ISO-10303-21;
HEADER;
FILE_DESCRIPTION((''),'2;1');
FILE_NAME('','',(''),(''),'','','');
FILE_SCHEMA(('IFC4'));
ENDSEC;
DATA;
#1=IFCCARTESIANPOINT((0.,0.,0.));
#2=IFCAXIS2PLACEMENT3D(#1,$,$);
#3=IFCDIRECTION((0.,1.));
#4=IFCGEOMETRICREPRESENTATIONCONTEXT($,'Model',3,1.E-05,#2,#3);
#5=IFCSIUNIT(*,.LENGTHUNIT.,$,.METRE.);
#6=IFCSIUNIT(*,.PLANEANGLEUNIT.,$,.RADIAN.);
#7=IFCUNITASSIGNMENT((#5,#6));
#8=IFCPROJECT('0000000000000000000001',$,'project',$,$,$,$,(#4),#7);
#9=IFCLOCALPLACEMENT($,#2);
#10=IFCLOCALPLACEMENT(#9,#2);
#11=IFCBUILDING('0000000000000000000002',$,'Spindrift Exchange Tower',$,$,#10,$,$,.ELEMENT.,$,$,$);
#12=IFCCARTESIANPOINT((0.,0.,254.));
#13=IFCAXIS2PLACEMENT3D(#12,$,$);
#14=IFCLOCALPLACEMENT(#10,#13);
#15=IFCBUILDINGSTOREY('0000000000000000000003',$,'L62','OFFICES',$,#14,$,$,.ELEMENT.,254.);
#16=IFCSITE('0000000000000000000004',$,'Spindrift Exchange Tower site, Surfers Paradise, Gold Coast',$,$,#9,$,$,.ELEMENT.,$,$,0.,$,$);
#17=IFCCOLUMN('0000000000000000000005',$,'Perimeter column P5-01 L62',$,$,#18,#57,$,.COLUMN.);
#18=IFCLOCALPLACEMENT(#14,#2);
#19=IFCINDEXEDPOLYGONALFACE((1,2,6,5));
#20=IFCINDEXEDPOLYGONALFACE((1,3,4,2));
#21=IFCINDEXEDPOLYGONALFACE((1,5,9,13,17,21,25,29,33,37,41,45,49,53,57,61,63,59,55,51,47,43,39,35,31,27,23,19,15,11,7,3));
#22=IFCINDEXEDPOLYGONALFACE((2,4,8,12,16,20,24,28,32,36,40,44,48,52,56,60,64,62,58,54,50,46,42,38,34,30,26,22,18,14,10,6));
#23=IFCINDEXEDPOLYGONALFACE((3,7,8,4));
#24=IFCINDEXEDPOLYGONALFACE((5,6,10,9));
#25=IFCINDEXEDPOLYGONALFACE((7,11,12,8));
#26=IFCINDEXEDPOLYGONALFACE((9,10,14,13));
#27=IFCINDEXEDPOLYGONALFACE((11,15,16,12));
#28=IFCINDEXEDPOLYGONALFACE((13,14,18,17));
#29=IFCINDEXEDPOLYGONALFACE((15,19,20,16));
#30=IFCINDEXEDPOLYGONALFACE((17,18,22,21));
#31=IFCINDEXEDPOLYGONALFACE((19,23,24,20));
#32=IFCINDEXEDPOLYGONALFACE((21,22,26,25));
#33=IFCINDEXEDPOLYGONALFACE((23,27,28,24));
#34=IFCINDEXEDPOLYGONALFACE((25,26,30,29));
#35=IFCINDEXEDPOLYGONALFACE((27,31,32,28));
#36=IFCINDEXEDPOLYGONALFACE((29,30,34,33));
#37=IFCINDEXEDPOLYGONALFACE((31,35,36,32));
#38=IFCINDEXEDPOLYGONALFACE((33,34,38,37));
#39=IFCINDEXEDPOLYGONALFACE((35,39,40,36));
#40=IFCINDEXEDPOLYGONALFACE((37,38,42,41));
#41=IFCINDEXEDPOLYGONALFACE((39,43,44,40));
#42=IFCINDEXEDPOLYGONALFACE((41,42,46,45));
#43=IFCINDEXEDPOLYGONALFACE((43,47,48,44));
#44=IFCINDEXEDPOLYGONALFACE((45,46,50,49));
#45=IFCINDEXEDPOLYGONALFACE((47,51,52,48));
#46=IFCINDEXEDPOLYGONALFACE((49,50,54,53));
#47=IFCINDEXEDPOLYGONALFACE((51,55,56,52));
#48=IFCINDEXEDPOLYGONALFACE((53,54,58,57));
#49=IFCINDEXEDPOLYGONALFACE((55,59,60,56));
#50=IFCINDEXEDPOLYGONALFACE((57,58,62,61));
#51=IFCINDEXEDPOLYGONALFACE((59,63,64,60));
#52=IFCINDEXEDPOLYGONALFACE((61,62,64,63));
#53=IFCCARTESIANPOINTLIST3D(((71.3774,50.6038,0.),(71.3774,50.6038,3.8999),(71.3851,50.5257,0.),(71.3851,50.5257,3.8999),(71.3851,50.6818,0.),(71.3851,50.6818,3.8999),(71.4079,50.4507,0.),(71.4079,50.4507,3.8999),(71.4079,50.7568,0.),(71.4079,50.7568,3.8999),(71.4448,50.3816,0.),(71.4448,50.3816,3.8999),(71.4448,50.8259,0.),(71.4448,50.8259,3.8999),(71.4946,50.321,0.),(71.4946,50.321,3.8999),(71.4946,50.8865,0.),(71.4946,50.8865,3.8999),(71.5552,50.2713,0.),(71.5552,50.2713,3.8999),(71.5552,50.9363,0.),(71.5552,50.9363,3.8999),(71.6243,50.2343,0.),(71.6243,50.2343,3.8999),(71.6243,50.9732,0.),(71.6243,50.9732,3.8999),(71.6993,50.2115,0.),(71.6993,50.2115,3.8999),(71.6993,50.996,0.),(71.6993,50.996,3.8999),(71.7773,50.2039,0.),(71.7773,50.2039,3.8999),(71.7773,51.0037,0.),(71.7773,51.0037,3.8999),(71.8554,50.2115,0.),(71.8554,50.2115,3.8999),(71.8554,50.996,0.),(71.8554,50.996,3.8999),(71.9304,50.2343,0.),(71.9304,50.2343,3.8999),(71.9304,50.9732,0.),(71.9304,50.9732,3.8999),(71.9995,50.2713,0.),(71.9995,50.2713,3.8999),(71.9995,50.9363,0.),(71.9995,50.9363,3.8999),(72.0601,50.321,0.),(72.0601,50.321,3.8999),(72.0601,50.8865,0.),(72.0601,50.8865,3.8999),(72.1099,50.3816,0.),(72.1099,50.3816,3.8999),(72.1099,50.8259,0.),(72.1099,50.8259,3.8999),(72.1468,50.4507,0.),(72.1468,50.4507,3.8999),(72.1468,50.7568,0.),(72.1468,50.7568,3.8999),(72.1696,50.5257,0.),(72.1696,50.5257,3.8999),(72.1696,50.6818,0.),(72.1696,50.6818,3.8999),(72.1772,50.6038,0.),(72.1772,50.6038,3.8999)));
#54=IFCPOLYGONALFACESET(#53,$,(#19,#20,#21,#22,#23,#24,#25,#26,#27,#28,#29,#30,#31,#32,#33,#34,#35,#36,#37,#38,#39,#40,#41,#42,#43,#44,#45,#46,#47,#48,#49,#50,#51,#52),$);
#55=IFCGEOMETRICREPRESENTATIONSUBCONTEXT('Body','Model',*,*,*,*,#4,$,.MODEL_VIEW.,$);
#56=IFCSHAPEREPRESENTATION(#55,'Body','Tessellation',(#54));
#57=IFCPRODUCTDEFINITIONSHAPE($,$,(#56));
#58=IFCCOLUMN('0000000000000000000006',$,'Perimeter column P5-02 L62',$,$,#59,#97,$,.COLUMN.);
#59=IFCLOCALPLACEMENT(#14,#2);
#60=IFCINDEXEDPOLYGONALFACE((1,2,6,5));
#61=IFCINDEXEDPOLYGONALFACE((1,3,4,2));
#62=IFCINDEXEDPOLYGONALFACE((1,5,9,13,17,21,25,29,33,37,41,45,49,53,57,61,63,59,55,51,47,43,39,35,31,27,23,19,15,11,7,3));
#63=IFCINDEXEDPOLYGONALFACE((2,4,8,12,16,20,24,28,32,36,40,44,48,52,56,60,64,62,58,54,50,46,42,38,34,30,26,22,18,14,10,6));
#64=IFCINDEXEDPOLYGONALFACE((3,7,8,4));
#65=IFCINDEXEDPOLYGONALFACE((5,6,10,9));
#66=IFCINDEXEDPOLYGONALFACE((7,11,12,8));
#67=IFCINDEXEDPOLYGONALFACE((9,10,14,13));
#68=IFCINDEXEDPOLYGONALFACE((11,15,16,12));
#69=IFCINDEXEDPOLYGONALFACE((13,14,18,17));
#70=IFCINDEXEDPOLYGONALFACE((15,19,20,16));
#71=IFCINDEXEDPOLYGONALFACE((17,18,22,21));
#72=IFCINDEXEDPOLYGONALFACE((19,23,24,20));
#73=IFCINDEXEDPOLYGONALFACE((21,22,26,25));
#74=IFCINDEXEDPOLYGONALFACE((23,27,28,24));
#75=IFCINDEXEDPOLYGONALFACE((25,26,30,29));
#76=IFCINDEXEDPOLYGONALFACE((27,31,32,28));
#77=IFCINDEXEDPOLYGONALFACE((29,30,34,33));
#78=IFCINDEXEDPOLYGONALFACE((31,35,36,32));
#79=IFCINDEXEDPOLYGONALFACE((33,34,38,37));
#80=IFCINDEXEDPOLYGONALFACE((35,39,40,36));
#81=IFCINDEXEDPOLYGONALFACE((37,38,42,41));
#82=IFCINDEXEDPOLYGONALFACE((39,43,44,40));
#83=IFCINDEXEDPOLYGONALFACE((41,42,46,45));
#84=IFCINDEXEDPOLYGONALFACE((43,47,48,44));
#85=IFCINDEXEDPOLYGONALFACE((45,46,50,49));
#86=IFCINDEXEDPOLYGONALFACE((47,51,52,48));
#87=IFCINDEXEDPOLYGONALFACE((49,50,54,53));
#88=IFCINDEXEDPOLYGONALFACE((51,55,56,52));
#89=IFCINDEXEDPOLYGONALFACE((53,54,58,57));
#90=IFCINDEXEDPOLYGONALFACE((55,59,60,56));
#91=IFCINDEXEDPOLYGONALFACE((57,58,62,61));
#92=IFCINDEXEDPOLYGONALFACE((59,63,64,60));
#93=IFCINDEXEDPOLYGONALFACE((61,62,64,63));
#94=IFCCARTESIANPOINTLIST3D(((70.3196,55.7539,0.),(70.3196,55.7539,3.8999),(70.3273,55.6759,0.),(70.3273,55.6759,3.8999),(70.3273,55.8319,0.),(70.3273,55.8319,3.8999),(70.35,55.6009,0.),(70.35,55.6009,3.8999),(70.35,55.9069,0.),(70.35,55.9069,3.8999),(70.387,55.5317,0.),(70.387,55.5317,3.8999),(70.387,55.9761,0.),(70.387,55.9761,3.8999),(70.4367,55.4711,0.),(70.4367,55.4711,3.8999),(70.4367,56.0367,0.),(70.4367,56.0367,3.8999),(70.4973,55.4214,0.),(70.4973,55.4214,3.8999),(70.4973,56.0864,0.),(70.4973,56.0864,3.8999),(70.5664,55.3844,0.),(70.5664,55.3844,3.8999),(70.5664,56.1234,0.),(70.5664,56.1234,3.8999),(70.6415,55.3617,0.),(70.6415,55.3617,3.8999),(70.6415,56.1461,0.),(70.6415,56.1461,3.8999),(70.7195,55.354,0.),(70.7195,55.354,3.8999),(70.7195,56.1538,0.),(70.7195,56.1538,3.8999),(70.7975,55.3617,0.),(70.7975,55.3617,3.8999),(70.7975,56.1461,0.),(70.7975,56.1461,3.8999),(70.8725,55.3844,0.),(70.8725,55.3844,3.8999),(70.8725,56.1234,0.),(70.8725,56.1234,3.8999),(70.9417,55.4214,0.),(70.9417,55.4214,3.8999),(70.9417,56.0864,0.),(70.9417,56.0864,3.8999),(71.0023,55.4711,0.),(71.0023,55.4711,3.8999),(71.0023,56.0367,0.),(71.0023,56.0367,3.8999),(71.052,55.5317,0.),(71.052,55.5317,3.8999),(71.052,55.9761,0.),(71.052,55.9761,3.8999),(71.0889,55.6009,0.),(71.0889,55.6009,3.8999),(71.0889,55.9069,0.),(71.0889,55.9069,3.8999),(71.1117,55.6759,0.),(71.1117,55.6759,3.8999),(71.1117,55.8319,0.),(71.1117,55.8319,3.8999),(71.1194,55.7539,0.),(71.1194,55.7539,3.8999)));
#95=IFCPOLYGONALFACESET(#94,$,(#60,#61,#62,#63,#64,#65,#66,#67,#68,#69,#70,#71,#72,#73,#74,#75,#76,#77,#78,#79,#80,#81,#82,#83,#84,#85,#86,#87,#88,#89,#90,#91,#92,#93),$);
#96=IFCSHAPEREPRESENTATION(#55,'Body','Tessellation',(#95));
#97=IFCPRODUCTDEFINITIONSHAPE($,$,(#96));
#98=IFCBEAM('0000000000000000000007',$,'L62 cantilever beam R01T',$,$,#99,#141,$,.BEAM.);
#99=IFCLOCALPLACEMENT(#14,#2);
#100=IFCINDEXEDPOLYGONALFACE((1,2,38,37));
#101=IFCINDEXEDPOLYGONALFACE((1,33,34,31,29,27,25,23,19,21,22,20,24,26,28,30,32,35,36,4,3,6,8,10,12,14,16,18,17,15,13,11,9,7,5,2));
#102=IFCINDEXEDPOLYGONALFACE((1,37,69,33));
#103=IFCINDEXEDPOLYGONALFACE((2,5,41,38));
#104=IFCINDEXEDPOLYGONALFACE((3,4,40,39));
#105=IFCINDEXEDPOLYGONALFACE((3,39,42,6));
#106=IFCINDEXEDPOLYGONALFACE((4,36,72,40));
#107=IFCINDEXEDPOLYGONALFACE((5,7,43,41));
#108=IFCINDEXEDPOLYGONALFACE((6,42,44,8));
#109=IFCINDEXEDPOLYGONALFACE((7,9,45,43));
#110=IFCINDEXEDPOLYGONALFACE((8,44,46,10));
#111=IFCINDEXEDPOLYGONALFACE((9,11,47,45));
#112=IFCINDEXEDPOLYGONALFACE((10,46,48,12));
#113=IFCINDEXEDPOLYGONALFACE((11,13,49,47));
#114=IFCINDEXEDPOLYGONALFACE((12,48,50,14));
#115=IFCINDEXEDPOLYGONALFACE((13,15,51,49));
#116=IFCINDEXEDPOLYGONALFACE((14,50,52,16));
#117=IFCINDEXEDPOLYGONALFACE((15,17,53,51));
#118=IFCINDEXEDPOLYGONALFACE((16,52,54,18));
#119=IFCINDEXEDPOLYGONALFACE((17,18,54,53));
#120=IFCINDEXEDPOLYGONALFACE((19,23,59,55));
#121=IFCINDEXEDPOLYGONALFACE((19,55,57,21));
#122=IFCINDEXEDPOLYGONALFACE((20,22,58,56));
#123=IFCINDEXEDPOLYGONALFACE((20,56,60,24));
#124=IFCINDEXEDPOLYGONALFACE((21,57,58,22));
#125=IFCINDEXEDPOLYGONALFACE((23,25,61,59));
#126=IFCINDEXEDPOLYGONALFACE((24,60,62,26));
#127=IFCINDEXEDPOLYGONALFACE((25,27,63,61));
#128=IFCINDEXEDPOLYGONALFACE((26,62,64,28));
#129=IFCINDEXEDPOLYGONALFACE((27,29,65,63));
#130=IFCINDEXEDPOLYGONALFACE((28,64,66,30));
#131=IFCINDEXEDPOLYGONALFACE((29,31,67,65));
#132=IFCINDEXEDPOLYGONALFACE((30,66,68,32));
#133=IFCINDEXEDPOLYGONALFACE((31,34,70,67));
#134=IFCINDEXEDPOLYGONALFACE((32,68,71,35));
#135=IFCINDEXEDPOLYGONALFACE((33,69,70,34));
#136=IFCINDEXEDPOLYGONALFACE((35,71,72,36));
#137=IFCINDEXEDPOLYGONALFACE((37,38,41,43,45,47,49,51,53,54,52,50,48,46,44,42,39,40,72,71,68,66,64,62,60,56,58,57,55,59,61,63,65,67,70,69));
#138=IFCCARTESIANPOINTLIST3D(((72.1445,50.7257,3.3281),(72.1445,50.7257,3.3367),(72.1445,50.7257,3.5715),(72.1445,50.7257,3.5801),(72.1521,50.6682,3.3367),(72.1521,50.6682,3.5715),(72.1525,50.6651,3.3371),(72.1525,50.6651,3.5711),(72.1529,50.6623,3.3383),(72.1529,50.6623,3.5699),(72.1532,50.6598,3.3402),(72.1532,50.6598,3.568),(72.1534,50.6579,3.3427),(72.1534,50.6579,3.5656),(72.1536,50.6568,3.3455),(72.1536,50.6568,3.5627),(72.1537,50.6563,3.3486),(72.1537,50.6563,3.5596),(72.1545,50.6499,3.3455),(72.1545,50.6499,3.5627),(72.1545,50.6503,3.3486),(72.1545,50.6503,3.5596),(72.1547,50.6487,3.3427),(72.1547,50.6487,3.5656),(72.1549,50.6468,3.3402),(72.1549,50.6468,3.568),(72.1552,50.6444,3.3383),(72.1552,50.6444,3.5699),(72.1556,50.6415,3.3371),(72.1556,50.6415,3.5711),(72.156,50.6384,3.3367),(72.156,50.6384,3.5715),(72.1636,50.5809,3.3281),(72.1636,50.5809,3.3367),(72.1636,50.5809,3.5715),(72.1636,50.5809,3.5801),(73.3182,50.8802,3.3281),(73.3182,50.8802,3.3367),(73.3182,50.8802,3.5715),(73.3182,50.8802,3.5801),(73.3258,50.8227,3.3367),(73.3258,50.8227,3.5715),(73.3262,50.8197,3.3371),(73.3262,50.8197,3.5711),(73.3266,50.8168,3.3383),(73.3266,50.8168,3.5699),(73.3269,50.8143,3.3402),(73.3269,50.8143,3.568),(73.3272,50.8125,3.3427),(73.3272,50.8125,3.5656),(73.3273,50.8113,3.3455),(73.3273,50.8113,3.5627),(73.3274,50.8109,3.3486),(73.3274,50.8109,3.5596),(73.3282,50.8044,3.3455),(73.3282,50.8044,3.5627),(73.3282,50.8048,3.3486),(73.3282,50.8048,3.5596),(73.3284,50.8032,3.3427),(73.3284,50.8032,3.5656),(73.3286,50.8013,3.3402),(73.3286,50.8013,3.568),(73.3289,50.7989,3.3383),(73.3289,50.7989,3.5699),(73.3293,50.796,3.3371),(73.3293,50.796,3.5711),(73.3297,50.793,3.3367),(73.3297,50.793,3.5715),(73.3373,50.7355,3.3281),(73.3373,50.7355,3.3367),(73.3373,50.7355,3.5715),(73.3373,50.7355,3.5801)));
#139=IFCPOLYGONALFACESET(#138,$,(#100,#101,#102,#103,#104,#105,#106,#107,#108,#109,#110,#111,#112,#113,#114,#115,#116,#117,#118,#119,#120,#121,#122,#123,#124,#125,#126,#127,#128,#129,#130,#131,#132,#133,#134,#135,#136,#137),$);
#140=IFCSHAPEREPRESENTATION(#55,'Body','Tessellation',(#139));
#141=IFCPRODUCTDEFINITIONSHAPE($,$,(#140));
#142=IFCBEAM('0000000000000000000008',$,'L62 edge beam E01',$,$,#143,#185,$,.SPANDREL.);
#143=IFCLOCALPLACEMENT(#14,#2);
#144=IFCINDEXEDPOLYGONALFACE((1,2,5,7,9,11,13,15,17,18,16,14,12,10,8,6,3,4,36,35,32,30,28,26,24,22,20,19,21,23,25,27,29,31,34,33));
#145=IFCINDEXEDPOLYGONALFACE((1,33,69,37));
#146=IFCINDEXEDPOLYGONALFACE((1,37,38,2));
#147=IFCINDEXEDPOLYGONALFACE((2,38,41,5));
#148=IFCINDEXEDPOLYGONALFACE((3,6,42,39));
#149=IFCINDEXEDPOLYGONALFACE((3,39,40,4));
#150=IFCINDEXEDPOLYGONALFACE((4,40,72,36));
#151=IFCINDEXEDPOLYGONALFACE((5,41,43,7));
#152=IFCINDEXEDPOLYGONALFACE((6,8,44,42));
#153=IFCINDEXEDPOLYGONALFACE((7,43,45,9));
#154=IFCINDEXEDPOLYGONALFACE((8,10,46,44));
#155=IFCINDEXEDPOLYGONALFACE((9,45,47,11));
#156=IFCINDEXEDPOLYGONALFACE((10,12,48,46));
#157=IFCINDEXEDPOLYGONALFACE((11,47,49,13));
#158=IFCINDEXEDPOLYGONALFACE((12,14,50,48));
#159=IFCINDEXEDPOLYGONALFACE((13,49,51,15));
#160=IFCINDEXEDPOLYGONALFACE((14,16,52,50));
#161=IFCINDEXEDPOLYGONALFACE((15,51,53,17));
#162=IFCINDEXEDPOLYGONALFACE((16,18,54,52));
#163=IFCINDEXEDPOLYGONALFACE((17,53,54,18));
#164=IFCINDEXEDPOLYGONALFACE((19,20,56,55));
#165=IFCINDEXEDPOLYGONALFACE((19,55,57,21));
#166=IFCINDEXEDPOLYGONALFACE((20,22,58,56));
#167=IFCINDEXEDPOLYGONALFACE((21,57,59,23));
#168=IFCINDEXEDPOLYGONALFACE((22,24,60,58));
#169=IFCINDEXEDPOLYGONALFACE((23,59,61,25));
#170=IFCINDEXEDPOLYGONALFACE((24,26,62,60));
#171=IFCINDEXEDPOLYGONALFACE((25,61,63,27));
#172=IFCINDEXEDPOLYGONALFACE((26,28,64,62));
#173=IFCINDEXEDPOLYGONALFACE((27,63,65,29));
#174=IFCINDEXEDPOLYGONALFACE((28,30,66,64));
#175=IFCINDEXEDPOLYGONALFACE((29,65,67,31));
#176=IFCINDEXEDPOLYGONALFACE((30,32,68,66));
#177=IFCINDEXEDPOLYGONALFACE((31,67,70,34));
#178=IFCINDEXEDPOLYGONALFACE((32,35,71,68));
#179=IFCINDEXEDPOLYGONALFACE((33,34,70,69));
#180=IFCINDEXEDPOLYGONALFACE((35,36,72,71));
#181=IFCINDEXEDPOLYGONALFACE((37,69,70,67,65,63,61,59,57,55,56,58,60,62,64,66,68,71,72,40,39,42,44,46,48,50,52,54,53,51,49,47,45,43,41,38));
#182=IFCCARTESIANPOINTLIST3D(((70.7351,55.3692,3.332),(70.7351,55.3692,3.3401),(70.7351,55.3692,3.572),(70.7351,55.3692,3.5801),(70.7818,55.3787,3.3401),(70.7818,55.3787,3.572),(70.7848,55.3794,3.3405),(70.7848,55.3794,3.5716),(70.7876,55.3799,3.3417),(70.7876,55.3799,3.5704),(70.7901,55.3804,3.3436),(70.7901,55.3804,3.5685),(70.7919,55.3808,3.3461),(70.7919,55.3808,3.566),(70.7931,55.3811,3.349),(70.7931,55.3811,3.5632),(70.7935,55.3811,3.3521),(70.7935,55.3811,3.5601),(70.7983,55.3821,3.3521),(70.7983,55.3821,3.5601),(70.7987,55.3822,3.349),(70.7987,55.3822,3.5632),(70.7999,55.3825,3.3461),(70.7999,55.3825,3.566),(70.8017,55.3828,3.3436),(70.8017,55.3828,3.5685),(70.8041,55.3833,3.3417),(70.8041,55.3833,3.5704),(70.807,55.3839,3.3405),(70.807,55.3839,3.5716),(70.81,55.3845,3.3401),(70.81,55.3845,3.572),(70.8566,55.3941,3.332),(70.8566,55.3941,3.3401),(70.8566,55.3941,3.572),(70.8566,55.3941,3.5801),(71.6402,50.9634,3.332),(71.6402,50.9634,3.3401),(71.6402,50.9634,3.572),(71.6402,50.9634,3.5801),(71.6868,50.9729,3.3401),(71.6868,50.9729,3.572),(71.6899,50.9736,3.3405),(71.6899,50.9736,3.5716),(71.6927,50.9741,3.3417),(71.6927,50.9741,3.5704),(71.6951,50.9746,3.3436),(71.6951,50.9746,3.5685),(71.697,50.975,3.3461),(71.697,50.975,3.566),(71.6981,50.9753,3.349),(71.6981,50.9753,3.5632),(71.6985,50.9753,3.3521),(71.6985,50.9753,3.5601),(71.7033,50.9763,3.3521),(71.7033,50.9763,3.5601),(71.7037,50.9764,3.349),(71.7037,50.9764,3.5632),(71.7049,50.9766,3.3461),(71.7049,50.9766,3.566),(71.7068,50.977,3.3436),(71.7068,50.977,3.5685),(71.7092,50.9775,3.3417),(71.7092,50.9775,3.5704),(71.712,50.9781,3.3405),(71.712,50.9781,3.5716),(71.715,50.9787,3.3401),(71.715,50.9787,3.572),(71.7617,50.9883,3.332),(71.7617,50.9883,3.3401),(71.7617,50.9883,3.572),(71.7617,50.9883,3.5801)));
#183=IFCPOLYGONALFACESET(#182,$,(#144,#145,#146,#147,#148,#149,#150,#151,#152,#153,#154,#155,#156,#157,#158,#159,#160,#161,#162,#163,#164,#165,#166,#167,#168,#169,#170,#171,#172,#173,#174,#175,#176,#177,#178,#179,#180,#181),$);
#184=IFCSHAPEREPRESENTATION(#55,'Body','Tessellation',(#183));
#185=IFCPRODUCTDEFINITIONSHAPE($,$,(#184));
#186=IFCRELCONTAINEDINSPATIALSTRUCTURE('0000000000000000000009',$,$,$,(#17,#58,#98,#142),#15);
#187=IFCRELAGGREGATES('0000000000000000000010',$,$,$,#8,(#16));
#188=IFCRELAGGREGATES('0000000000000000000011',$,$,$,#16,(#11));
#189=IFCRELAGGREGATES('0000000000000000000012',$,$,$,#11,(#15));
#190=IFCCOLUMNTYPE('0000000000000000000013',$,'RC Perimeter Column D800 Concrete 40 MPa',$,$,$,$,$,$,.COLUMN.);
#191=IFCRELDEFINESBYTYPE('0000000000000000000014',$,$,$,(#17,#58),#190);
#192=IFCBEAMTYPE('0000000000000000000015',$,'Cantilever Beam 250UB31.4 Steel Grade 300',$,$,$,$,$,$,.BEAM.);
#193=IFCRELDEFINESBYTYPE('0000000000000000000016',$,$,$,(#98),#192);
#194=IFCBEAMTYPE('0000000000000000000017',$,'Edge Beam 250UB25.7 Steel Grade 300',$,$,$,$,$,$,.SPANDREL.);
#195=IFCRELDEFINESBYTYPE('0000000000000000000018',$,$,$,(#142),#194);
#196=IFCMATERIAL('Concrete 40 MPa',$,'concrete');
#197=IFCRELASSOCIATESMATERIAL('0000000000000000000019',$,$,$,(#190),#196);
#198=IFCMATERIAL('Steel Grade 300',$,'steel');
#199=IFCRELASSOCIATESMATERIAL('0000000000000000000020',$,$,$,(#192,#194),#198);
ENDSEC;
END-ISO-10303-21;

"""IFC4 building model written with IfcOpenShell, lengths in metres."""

from ifc_helpers import new_model, si_unit, direction, frame, origin, origin_2d, place, context, subcontext, project, spatial, circle, i_section, extrude, source, transform, mapped, material, material_profile, profile_set, type_object, element, save


model = new_model("IFC4")

# Units and contexts
model_context = context("Model", 3, precision=1e-05, world=origin(), true_north=direction((0.0, 1.0)))
body_context = subcontext(model_context, "Body", "Model", "MODEL_VIEW")
ifc_project = project(units=[si_unit("LENGTHUNIT", "METRE"), si_unit("PLANEANGLEUNIT", "RADIAN")], contexts=[model_context])

# Site, building, storey
site_placement = place(None, origin())
site = spatial("IfcSite", under=ifc_project, at=site_placement, Name="Spindrift Exchange Tower site, Surfers Paradise, Gold Coast", CompositionType="ELEMENT", RefElevation=0.0)
building_placement = place(site_placement, origin())
building = spatial("IfcBuilding", under=site, at=building_placement, Name="Spindrift Exchange Tower", CompositionType="ELEMENT")
storey_placement = place(building_placement, frame((0.0, 0.0, 254.0)))
storey = spatial("IfcBuildingStorey", under=building, at=storey_placement, Name="L62", Description="OFFICES", CompositionType="ELEMENT", Elevation=254.0)

# Columns
ifc_material_1 = material(Name="Concrete 40 MPa", Category="concrete")
ifc_material_profile_1 = material_profile(ifc_material_1, circle(Radius=0.3999, at=origin_2d()), Name="RC D800")
ifc_profile_set_1 = profile_set([ifc_material_profile_1], Name="Concrete 40 MPa")
column_type = type_object("IfcColumnType", Name="RC Perimeter Column D800 Concrete 40 MPa", PredefinedType="COLUMN", material=ifc_profile_set_1)
shared_shape_1 = source(origin(), body_context, "Body", "SweptSolid", [
    extrude(circle(Radius=0.3999, at=origin_2d()), origin(), (0.0, 0.0, 1.0), 3.8999),
])
for number, where, z_axis, x_axis, name in (
    (1, (71.7773, 50.6038, 0.0), (0.0, 0.0, 1.0), (1.0, 0.0, 0.0), "Perimeter column P5-01 L62"),
    (2, (70.7195, 55.7539, 0.0), (0.0, 0.0, 1.0), (1.0, 0.0, 0.0), "Perimeter column P5-02 L62"),
):
    element("IfcColumn", number, at=place(storey_placement, frame(where, z_axis=z_axis, x_axis=x_axis)), inside=storey, type_object=column_type, Name=name, PredefinedType="COLUMN", context=body_context, shape_type="MappedRepresentation", body=[
        mapped(shared_shape_1, transform((0.0, 0.0, 0.0), scale=1.0)),
    ])

# Beams
ifc_material_2 = material(Name="Steel Grade 300", Category="steel")
ifc_material_profile_2 = material_profile(ifc_material_2, i_section(OverallWidth=0.146, OverallDepth=0.252, WebThickness=0.0061, FlangeThickness=0.0085, FilletRadius=0.012, at=origin_2d()), Name="250UB31.4")
ifc_profile_set_2 = profile_set([ifc_material_profile_2], Name="Steel Grade 300")
beam_type_1 = type_object("IfcBeamType", Name="Cantilever Beam 250UB31.4 Steel Grade 300", PredefinedType="BEAM", material=ifc_profile_set_2)
shared_shape_2 = source(origin(), body_context, "Body", "SweptSolid", [
    extrude(i_section(OverallWidth=0.146, OverallDepth=0.252, WebThickness=0.0061, FlangeThickness=0.0085, FilletRadius=0.012, at=origin_2d()), origin(), (0.0, 0.0, 1.0), 1.1838),
])
beam_1_placement = place(storey_placement, frame((72.1541, 50.6533, 3.4541), z_axis=(0.991444, 0.130529, 0.0), x_axis=(-0.130529, 0.991444, 0.0)))
element("IfcBeam", 3, at=beam_1_placement, inside=storey, type_object=beam_type_1, Name="L62 cantilever beam R01T", PredefinedType="BEAM", context=body_context, shape_type="MappedRepresentation", body=[
    mapped(shared_shape_2, transform((0.0, 0.0, 0.0), scale=1.0)),
])
ifc_material_profile_3 = material_profile(ifc_material_2, i_section(OverallWidth=0.124, OverallDepth=0.248, WebThickness=0.0049, FlangeThickness=0.0081, FilletRadius=0.012, at=origin_2d()), Name="250UB25.7")
ifc_profile_set_3 = profile_set([ifc_material_profile_3], Name="Steel Grade 300")
beam_type_2 = type_object("IfcBeamType", Name="Edge Beam 250UB25.7 Steel Grade 300", PredefinedType="SPANDREL", material=ifc_profile_set_3)
shared_shape_3 = source(origin(), body_context, "Body", "SweptSolid", [
    extrude(i_section(OverallWidth=0.124, OverallDepth=0.248, WebThickness=0.0049, FlangeThickness=0.0081, FilletRadius=0.012, at=origin_2d()), origin(), (0.0, 0.0, 1.0), 4.4978),
])
beam_2_placement = place(storey_placement, frame((71.7009, 50.9758, 3.4561), z_axis=(-0.201218, 0.979546, 0.0), x_axis=(-0.979546, -0.201218, 0.0)))
element("IfcBeam", 4, at=beam_2_placement, inside=storey, type_object=beam_type_2, Name="L62 edge beam E01", PredefinedType="SPANDREL", context=body_context, shape_type="MappedRepresentation", body=[
    mapped(shared_shape_3, transform((0.0, 0.0, 0.0), scale=1.0)),
])

save(model, "model.ifc")
